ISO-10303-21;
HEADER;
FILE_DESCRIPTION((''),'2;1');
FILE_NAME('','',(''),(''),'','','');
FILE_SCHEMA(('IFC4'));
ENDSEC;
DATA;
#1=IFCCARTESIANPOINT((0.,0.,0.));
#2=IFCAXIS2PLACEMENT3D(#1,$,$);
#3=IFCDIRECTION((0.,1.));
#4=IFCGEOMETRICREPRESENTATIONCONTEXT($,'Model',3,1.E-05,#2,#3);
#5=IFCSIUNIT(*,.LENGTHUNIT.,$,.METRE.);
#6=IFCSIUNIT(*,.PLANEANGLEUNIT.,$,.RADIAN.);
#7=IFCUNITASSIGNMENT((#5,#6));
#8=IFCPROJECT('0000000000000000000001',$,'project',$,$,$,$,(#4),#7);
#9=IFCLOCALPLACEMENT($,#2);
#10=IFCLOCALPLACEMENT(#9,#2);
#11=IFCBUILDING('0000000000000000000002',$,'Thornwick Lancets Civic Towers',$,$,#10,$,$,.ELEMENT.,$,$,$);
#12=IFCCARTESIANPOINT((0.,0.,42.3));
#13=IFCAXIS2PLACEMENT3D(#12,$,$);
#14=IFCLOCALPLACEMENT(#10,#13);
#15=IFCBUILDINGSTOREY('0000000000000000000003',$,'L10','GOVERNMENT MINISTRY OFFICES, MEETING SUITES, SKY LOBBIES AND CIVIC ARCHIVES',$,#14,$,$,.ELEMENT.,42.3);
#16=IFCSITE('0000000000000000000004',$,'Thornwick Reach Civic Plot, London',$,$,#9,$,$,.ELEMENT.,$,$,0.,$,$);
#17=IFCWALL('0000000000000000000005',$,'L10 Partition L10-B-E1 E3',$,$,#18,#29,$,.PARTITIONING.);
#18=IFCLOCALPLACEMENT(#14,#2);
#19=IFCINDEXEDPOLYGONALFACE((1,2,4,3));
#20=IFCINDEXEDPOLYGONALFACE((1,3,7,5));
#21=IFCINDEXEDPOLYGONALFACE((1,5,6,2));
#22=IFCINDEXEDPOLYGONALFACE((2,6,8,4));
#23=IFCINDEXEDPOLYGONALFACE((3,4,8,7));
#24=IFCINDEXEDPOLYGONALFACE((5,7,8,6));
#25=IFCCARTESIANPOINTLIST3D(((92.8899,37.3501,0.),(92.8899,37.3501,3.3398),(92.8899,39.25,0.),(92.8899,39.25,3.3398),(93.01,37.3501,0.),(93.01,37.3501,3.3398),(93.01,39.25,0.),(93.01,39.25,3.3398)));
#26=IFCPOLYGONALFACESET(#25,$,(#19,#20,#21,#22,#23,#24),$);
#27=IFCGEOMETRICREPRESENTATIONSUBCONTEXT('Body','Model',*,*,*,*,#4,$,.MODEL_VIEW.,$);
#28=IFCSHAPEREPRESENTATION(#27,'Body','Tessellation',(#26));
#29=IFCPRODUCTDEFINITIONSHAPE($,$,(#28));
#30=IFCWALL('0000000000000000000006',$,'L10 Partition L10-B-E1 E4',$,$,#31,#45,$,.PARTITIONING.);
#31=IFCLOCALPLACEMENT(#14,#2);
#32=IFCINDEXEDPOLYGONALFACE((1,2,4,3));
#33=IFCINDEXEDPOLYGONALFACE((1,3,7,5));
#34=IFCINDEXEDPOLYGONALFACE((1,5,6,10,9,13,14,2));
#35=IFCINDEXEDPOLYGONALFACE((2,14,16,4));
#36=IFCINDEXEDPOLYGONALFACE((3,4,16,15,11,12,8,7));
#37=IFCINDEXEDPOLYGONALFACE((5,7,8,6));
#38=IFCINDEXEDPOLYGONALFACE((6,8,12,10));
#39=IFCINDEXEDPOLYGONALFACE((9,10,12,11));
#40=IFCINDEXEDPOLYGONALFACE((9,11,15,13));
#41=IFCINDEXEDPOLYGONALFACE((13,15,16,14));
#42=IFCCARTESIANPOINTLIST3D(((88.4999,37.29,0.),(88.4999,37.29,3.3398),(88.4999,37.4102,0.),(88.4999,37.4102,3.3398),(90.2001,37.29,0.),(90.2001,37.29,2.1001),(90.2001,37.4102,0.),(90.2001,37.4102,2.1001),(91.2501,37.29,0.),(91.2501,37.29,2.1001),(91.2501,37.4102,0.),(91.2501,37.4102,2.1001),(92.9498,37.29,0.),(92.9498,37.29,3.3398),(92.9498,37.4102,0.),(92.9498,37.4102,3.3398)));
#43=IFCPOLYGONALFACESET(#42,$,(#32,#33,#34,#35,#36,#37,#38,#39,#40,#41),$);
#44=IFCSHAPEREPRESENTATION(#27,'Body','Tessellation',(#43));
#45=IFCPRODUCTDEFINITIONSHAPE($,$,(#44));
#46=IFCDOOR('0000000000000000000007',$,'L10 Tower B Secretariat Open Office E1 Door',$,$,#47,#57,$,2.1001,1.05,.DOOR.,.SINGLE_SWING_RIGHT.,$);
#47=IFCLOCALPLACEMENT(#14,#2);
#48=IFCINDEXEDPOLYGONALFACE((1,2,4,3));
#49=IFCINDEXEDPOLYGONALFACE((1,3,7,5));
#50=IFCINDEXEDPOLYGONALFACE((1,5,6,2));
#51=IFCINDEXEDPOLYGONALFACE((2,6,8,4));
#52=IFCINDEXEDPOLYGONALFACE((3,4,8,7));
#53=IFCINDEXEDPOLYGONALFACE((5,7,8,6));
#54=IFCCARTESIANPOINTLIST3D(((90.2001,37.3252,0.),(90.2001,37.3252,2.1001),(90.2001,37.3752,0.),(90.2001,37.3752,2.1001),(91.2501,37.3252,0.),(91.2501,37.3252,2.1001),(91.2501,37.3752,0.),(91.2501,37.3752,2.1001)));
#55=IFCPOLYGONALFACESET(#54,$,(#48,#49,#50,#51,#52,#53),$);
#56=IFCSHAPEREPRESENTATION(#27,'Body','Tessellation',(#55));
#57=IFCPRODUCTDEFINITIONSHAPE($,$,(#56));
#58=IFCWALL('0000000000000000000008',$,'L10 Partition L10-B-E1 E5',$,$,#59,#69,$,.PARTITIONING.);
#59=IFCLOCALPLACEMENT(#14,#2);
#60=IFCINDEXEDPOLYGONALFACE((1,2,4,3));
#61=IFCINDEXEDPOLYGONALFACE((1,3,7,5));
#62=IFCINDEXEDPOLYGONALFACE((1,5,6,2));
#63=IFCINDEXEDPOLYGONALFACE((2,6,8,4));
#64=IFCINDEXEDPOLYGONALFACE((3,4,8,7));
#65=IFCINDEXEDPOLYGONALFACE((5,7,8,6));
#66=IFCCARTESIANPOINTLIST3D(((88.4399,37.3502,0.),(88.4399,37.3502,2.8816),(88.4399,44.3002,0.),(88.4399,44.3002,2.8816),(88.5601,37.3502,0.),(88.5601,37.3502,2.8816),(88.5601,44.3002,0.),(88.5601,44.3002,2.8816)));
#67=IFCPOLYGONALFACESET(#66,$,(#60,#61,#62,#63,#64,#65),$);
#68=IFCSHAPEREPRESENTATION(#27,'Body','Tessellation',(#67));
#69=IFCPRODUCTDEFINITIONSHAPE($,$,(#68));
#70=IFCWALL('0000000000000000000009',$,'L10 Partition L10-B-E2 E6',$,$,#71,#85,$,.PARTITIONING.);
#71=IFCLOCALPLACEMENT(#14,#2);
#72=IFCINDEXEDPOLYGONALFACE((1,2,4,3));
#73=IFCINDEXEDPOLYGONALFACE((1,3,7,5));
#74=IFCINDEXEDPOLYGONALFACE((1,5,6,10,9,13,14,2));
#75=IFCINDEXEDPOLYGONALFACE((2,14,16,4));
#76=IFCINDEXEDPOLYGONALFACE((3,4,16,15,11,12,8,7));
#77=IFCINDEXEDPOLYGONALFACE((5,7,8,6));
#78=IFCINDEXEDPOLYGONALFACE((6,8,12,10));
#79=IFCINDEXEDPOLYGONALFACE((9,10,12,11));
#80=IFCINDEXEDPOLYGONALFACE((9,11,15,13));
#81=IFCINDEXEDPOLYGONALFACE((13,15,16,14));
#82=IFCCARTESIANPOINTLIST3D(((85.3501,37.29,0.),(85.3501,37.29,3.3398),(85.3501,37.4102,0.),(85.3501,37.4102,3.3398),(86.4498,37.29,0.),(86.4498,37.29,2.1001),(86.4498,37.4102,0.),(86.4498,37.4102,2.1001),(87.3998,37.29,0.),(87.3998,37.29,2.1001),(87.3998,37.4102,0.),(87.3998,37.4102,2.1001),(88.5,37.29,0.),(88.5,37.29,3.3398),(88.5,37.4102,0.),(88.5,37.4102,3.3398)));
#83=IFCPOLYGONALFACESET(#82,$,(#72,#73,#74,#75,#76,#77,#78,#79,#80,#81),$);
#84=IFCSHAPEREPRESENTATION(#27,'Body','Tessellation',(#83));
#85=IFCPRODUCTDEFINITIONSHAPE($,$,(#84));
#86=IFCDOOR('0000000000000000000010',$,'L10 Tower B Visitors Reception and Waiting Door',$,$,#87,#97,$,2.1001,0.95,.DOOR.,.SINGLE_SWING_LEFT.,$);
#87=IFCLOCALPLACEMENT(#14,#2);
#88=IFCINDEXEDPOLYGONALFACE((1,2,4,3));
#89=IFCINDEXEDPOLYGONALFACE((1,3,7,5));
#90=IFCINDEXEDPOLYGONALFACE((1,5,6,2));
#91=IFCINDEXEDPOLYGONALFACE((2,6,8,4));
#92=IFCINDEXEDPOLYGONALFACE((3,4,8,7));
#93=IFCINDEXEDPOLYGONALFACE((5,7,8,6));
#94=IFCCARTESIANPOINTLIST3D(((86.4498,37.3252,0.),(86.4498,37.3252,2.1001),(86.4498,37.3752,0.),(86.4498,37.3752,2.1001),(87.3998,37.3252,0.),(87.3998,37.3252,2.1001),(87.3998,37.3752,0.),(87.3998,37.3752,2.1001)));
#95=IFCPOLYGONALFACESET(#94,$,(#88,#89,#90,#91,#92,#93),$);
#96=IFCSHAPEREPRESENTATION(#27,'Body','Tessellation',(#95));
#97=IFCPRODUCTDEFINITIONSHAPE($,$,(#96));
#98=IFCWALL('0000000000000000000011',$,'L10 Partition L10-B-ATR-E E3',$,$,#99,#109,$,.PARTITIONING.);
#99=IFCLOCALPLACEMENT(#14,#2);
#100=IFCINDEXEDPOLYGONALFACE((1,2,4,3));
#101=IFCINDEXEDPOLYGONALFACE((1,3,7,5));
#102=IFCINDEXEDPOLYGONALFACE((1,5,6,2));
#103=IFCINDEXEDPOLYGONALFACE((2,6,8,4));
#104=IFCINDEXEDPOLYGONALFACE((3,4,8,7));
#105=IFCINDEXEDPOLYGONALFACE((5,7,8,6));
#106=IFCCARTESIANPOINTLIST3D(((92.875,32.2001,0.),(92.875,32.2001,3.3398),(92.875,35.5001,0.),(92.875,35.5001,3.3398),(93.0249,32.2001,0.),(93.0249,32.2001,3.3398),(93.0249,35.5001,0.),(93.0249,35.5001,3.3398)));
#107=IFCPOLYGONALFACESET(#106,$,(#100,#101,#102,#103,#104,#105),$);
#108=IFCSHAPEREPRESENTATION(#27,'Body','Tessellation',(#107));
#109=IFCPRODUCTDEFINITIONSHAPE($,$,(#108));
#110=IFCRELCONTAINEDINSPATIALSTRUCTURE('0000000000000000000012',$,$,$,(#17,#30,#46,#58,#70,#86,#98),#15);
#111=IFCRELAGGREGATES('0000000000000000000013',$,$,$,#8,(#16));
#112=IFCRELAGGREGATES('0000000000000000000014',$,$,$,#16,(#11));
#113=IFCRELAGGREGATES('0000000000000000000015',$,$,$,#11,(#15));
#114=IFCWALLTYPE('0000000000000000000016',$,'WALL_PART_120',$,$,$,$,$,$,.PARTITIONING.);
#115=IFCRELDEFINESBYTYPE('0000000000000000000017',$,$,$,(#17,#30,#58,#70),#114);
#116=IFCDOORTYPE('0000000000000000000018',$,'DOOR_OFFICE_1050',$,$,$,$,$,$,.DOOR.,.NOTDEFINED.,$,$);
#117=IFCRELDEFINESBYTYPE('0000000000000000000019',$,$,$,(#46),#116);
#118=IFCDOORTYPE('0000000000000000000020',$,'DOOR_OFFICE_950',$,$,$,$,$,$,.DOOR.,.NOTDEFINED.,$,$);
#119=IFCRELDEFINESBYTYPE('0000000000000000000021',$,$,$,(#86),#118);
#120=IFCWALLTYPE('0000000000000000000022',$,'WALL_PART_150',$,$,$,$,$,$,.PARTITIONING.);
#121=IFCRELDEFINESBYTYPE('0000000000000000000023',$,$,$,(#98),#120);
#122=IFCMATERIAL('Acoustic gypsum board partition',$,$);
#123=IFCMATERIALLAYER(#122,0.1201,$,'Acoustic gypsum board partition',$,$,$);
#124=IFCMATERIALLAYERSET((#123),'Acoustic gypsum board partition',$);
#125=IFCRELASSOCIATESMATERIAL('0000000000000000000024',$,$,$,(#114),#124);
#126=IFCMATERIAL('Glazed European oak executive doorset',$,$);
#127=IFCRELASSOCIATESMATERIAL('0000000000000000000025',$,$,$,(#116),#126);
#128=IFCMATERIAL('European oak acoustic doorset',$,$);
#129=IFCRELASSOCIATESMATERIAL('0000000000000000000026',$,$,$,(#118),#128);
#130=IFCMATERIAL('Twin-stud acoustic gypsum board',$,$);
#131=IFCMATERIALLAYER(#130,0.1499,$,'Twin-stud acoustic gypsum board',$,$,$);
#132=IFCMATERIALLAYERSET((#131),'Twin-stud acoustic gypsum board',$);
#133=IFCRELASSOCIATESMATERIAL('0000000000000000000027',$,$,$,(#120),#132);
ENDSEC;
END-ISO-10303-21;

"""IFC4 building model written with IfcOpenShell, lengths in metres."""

from ifc_helpers import new_model, si_unit, direction, frame, frame_2d, origin, place, context, subcontext, project, spatial, rectangle, extrude, material, layer, layer_set, type_object, element, fill, save


model = new_model("IFC4")

# Units and contexts
model_context = context("Model", 3, precision=1e-05, world=origin(), true_north=direction((0.0, 1.0)))
body_context = subcontext(model_context, "Body", "Model", "MODEL_VIEW")
ifc_project = project(units=[si_unit("LENGTHUNIT", "METRE"), si_unit("PLANEANGLEUNIT", "RADIAN")], contexts=[model_context])

# Site, building, storey
site_placement = place(None, origin())
site = spatial("IfcSite", under=ifc_project, at=site_placement, Name="Thornwick Reach Civic Plot, London", CompositionType="ELEMENT", RefElevation=0.0)
building_placement = place(site_placement, origin())
building = spatial("IfcBuilding", under=site, at=building_placement, Name="Thornwick Lancets Civic Towers", CompositionType="ELEMENT")
storey_placement = place(building_placement, frame((0.0, 0.0, 42.3)))
storey = spatial("IfcBuildingStorey", under=building, at=storey_placement, Name="L10", Description="GOVERNMENT MINISTRY OFFICES, MEETING SUITES, SKY LOBBIES AND CIVIC ARCHIVES", CompositionType="ELEMENT", Elevation=42.3)

# Wall
ifc_material_1 = material(Name="Acoustic gypsum board partition")
ifc_layer_1 = layer(ifc_material_1, 0.1201, Name="Acoustic gypsum board partition")
ifc_layer_set_1 = layer_set([ifc_layer_1], Name="Acoustic gypsum board partition")
wall_type_1 = type_object("IfcWallType", Name="WALL_PART_120", PredefinedType="PARTITIONING", material=ifc_layer_set_1)
wall_1_placement = place(storey_placement, frame((92.95, 39.25, 0.0), z_axis=(0.0, 0.0, 1.0), x_axis=(0.0, -1.0, 0.0)))
element("IfcWall", 1, at=wall_1_placement, inside=storey, type_object=wall_type_1, Name="L10 Partition L10-B-E1 E3", PredefinedType="PARTITIONING", context=body_context, shape_type="SweptSolid", body=[
    extrude(rectangle(XDim=1.8999, YDim=0.1201, at=frame_2d((0.95, 0.0))), origin(), (0.0, 0.0, 1.0), 3.3398),
])

# Wall, opening, door
wall_2_placement = place(storey_placement, frame((92.95, 37.3501, 0.0), z_axis=(0.0, 0.0, 1.0), x_axis=(-1.0, 0.0, 0.0)))
wall_2 = element("IfcWall", 2, at=wall_2_placement, inside=storey, type_object=wall_type_1, Name="L10 Partition L10-B-E1 E4", PredefinedType="PARTITIONING", context=body_context, shape_type="SweptSolid", body=[
    extrude(rectangle(XDim=4.45, YDim=0.1201, at=frame_2d((2.2251, 0.0))), origin(), (0.0, 0.0, 1.0), 3.3398),
])
opening_1_placement = place(wall_2_placement, frame((1.7, 0.0, 0.0)))
opening_1 = element("IfcOpeningElement", 3, at=opening_1_placement, cuts=wall_2, PredefinedType="OPENING", context=body_context, shape_type="SweptSolid", body=[
    extrude(rectangle(XDim=1.05, YDim=2.1001, at=frame_2d((0.5249, 1.05))), frame((0.0, 0.0701, 0.0), z_axis=(0.0, -1.0, 0.0), x_axis=(1.0, 0.0, 0.0)), (0.0, 0.0, 1.0), 0.1401),
])
ifc_material_2 = material(Name="Glazed European oak executive doorset")
door_type_1 = type_object("IfcDoorType", Name="DOOR_OFFICE_1050", OperationType="NOTDEFINED", PredefinedType="DOOR", material=ifc_material_2)
door_1_placement = place(opening_1_placement, origin())
door_1 = element("IfcDoor", 4, at=door_1_placement, inside=storey, type_object=door_type_1, Name="L10 Tower B Secretariat Open Office E1 Door", OperationType="SINGLE_SWING_RIGHT", OverallHeight=2.1001, OverallWidth=1.05, PredefinedType="DOOR", context=body_context, shape_type="SweptSolid", body=[
    extrude(rectangle(XDim=1.05, YDim=2.1001, at=frame_2d((0.5249, 1.05))), frame((0.0, 0.0249, 0.0), z_axis=(0.0, -1.0, 0.0), x_axis=(1.0, 0.0, 0.0)), (0.0, 0.0, 1.0), 0.05),
])
fill(opening_1, door_1)

# Wall
wall_3_placement = place(storey_placement, frame((88.5, 37.3501, 0.0), z_axis=(0.0, 0.0, 1.0), x_axis=(0.0, 1.0, 0.0)))
element("IfcWall", 5, at=wall_3_placement, inside=storey, type_object=wall_type_1, Name="L10 Partition L10-B-E1 E5", PredefinedType="PARTITIONING", context=body_context, shape_type="SweptSolid", body=[
    extrude(rectangle(XDim=6.95, YDim=0.1201, at=frame_2d((3.4751, 0.0))), origin(), (0.0, 0.0, 1.0), 2.8816),
])

# Wall, opening, door
wall_4_placement = place(storey_placement, frame((88.5, 37.3501, 0.0), z_axis=(0.0, 0.0, 1.0), x_axis=(-1.0, 0.0, 0.0)))
wall_4 = element("IfcWall", 6, at=wall_4_placement, inside=storey, type_object=wall_type_1, Name="L10 Partition L10-B-E2 E6", PredefinedType="PARTITIONING", context=body_context, shape_type="SweptSolid", body=[
    extrude(rectangle(XDim=3.1499, YDim=0.1201, at=frame_2d((1.575, 0.0))), origin(), (0.0, 0.0, 1.0), 3.3398),
])
opening_2_placement = place(wall_4_placement, frame((1.1001, 0.0, 0.0)))
opening_2 = element("IfcOpeningElement", 7, at=opening_2_placement, cuts=wall_4, PredefinedType="OPENING", context=body_context, shape_type="SweptSolid", body=[
    extrude(rectangle(XDim=0.95, YDim=2.1001, at=frame_2d((0.4751, 1.05))), frame((0.0, 0.0701, 0.0), z_axis=(0.0, -1.0, 0.0), x_axis=(1.0, 0.0, 0.0)), (0.0, 0.0, 1.0), 0.1401),
])
ifc_material_3 = material(Name="European oak acoustic doorset")
door_type_2 = type_object("IfcDoorType", Name="DOOR_OFFICE_950", OperationType="NOTDEFINED", PredefinedType="DOOR", material=ifc_material_3)
door_2_placement = place(opening_2_placement, origin())
door_2 = element("IfcDoor", 8, at=door_2_placement, inside=storey, type_object=door_type_2, Name="L10 Tower B Visitors Reception and Waiting Door", OperationType="SINGLE_SWING_LEFT", OverallHeight=2.1001, OverallWidth=0.95, PredefinedType="DOOR", context=body_context, shape_type="SweptSolid", body=[
    extrude(rectangle(XDim=0.95, YDim=2.1001, at=frame_2d((0.4751, 1.05))), frame((0.0, 0.0249, 0.0), z_axis=(0.0, -1.0, 0.0), x_axis=(1.0, 0.0, 0.0)), (0.0, 0.0, 1.0), 0.05),
])
fill(opening_2, door_2)

# Wall
ifc_material_4 = material(Name="Twin-stud acoustic gypsum board")
ifc_layer_2 = layer(ifc_material_4, 0.1499, Name="Twin-stud acoustic gypsum board")
ifc_layer_set_2 = layer_set([ifc_layer_2], Name="Twin-stud acoustic gypsum board")
wall_type_2 = type_object("IfcWallType", Name="WALL_PART_150", PredefinedType="PARTITIONING", material=ifc_layer_set_2)
wall_5_placement = place(storey_placement, frame((92.95, 35.5, 0.0), z_axis=(0.0, 0.0, 1.0), x_axis=(0.0, -1.0, 0.0)))
element("IfcWall", 9, at=wall_5_placement, inside=storey, type_object=wall_type_2, Name="L10 Partition L10-B-ATR-E E3", PredefinedType="PARTITIONING", context=body_context, shape_type="SweptSolid", body=[
    extrude(rectangle(XDim=3.3, YDim=0.1499, at=frame_2d((1.6499, 0.0))), origin(), (0.0, 0.0, 1.0), 3.3398),
])

save(model, "model.ifc")
